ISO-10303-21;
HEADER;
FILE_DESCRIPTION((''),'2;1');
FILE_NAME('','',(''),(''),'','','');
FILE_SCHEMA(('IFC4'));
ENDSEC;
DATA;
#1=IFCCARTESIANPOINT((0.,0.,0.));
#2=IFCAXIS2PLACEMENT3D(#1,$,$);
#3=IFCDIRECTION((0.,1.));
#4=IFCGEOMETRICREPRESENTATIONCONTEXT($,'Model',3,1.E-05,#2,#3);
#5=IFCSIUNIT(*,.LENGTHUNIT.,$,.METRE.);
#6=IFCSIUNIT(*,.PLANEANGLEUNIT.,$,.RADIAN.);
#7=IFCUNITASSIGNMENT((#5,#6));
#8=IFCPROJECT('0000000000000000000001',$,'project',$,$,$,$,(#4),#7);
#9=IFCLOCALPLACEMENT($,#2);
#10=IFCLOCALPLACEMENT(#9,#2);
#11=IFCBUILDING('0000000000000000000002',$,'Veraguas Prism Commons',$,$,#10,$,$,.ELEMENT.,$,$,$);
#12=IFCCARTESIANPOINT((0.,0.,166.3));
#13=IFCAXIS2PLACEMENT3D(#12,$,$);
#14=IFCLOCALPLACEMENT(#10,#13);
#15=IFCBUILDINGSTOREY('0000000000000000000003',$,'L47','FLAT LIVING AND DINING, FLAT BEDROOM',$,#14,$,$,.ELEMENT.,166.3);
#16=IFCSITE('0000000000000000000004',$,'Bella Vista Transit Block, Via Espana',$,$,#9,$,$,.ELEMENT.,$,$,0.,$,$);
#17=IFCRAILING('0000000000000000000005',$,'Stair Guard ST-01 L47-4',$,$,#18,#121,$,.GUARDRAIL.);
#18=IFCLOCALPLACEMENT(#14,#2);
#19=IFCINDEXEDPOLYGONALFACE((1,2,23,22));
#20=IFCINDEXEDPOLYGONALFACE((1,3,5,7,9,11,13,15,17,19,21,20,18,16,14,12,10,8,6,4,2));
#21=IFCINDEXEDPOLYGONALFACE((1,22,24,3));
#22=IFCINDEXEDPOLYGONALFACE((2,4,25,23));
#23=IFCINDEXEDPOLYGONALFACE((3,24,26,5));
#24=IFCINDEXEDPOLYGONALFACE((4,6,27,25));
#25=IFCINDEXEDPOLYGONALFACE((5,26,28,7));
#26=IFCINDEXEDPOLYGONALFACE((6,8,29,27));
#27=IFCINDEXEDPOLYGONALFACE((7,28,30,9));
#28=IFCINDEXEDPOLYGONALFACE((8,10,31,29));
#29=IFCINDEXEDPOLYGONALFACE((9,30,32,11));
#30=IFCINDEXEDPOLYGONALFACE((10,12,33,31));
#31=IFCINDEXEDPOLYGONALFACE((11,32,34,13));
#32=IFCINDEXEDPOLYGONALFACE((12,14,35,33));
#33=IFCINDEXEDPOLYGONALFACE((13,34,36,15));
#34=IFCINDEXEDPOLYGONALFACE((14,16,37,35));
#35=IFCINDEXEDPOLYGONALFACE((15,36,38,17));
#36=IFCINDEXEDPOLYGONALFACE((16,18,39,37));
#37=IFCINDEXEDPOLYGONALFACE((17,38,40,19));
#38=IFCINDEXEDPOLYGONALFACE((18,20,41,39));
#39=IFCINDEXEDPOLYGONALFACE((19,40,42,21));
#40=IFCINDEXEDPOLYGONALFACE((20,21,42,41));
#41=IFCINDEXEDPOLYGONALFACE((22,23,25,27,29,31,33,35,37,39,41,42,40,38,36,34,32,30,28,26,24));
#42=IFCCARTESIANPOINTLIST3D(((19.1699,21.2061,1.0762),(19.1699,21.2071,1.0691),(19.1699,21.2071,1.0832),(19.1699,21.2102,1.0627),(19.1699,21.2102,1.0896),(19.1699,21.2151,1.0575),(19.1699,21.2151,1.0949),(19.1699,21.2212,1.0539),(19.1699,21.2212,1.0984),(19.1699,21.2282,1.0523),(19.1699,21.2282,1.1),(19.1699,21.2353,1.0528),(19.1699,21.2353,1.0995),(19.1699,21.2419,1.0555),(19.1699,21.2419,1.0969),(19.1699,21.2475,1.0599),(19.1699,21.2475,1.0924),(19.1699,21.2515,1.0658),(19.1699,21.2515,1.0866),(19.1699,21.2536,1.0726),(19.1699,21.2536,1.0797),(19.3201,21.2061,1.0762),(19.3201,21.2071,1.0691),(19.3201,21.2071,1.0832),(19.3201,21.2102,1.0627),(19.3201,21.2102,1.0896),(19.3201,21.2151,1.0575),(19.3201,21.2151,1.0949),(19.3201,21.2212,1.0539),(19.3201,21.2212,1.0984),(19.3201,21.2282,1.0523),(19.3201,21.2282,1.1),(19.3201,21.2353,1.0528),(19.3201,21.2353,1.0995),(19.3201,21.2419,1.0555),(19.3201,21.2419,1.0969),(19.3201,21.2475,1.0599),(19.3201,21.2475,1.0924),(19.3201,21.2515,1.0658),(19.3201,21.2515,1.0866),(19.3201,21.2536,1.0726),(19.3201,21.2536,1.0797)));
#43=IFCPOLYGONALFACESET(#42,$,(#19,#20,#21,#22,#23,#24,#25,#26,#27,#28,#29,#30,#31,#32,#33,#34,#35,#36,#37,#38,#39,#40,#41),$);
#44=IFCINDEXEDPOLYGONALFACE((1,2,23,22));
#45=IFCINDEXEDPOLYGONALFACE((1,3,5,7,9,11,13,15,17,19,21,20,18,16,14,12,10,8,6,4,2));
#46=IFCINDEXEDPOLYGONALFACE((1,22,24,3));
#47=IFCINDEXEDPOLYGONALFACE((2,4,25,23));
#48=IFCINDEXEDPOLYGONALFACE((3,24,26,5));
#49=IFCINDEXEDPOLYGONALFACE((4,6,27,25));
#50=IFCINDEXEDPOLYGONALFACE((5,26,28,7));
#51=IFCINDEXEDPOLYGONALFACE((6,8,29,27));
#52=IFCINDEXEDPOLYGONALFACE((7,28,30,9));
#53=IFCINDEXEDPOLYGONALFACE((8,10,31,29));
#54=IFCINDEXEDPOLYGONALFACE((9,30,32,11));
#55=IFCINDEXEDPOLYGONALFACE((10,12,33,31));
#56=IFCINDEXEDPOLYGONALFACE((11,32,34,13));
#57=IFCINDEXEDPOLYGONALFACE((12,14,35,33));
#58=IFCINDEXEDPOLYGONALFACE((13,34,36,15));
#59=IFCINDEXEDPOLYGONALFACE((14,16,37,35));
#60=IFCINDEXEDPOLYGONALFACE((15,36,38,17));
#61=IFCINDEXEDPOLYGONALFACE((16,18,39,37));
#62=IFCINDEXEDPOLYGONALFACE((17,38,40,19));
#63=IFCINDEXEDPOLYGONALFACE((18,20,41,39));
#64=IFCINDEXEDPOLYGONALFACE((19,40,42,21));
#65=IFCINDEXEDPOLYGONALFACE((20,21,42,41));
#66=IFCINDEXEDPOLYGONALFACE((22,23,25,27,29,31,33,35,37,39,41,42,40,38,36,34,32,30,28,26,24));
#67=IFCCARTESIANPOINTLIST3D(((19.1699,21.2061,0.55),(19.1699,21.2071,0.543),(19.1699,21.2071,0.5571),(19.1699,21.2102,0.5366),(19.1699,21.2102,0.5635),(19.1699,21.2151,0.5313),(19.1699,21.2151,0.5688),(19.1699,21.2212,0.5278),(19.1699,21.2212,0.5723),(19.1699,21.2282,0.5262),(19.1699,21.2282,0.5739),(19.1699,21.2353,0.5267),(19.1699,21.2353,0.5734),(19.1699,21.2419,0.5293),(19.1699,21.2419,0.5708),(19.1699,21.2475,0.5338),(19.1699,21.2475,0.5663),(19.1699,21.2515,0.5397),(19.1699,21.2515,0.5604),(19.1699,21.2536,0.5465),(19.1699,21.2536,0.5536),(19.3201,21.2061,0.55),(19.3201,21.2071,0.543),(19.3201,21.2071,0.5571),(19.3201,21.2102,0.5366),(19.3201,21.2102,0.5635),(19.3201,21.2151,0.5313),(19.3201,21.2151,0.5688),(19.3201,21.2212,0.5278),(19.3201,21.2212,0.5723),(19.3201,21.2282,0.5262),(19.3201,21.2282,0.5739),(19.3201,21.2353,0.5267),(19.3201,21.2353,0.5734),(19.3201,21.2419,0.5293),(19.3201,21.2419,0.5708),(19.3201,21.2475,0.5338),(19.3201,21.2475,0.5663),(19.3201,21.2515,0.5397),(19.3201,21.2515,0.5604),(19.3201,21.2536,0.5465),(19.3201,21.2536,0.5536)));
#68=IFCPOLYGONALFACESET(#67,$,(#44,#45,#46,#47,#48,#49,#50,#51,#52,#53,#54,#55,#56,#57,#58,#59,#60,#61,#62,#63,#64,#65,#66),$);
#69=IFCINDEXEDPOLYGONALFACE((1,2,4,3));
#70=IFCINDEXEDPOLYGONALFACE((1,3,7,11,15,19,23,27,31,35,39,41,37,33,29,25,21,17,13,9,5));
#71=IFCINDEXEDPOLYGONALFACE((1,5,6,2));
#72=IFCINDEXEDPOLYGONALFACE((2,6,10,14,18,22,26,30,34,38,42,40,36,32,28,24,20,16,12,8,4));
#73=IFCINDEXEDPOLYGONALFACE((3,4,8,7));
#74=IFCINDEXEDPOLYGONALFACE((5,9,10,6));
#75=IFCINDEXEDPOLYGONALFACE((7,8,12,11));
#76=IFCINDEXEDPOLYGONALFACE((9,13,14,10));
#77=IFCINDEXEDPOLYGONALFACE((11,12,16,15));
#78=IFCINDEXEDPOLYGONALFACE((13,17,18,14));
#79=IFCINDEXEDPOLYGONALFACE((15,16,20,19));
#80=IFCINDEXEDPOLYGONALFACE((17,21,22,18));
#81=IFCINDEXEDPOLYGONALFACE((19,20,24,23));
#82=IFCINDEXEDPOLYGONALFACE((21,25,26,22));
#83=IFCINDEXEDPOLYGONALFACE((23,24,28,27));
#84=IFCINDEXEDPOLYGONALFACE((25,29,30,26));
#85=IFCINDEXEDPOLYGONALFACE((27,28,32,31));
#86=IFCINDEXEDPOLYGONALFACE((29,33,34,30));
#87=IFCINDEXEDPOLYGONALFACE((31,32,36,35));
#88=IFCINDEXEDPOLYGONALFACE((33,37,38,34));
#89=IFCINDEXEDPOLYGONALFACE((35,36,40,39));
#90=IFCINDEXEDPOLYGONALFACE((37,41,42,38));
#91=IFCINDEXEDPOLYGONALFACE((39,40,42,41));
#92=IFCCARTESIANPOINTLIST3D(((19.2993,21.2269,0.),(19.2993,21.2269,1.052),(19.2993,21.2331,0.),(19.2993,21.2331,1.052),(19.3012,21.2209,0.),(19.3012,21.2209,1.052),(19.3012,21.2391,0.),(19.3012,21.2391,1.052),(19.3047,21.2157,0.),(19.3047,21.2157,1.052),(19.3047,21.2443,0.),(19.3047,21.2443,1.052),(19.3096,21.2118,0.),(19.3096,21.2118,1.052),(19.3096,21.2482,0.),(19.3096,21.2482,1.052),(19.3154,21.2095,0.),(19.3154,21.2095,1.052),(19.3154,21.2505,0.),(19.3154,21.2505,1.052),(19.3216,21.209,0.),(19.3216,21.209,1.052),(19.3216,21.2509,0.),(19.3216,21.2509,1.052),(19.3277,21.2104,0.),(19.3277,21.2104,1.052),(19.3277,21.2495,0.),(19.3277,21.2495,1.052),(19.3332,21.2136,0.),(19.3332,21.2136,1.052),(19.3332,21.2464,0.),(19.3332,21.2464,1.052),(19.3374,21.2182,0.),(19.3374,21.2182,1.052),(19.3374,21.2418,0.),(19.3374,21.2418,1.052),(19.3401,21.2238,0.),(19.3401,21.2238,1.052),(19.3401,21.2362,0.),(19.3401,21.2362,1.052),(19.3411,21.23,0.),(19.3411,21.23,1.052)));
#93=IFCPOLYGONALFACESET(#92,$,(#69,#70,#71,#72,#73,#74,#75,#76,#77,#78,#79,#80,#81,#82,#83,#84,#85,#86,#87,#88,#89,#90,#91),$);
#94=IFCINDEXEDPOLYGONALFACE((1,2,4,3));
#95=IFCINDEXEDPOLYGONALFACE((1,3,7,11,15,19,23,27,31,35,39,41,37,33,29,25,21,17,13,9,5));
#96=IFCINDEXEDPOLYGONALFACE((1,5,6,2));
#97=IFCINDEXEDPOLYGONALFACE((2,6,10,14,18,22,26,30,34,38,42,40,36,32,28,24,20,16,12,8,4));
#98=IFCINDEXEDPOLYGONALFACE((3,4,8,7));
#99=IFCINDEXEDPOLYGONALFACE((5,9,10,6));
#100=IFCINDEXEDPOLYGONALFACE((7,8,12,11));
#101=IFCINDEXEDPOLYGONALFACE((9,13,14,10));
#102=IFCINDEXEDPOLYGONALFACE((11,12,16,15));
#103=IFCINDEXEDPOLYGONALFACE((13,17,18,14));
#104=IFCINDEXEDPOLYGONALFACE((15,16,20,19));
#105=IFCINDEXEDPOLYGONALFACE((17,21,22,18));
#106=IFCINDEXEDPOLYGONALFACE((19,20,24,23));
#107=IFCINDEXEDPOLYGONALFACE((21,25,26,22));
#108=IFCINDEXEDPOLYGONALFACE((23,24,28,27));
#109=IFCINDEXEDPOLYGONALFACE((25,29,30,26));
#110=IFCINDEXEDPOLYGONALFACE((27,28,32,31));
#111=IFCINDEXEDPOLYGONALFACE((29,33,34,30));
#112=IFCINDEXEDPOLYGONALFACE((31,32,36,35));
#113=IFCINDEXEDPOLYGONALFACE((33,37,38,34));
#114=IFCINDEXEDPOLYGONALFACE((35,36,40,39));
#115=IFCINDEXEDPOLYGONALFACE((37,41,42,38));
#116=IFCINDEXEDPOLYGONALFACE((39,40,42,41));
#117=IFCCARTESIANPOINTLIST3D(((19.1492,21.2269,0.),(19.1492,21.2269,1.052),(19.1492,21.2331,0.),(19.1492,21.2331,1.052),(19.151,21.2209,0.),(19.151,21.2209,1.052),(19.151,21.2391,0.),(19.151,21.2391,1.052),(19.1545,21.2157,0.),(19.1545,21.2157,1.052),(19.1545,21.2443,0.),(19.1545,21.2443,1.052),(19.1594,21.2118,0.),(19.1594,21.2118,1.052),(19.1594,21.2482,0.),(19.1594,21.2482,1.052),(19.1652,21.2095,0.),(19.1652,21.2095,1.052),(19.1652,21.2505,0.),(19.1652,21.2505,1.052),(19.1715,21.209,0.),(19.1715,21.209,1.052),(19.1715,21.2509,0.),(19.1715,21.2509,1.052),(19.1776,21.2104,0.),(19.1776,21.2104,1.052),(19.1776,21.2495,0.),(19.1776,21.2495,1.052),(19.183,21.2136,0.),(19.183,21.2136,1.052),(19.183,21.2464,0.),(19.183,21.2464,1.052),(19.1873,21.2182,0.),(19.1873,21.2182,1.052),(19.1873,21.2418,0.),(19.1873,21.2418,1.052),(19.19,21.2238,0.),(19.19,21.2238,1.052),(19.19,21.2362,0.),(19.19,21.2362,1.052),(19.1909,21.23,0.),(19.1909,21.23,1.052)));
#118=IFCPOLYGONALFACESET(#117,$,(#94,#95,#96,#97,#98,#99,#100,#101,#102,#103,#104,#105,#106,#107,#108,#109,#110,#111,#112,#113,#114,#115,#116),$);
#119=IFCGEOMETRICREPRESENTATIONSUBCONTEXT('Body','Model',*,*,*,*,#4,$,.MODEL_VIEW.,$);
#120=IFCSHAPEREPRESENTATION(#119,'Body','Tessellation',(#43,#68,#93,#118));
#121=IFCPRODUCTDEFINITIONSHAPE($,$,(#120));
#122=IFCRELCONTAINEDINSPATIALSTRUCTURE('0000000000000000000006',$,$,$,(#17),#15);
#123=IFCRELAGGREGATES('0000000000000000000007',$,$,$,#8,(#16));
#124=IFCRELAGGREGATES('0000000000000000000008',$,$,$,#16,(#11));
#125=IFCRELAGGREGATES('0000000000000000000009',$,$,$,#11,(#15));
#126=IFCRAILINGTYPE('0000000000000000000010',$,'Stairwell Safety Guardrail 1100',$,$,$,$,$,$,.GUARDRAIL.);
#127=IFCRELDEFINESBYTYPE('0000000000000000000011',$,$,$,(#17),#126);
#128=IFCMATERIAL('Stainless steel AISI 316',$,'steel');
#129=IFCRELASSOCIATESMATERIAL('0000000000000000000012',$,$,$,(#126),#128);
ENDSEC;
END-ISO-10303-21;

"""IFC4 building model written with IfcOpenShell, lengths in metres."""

from ifc_helpers import new_model, si_unit, direction, frame, origin, origin_2d, place, context, subcontext, project, spatial, circle, extrude, material, type_object, element, save


model = new_model("IFC4")

# Units and contexts
model_context = context("Model", 3, precision=1e-05, world=origin(), true_north=direction((0.0, 1.0)))
body_context = subcontext(model_context, "Body", "Model", "MODEL_VIEW")
ifc_project = project(units=[si_unit("LENGTHUNIT", "METRE"), si_unit("PLANEANGLEUNIT", "RADIAN")], contexts=[model_context])

# Site, building, storey
site_placement = place(None, origin())
site = spatial("IfcSite", under=ifc_project, at=site_placement, Name="Bella Vista Transit Block, Via Espana", CompositionType="ELEMENT", RefElevation=0.0)
building_placement = place(site_placement, origin())
building = spatial("IfcBuilding", under=site, at=building_placement, Name="Veraguas Prism Commons", CompositionType="ELEMENT")
storey_placement = place(building_placement, frame((0.0, 0.0, 166.3)))
storey = spatial("IfcBuildingStorey", under=building, at=storey_placement, Name="L47", Description="FLAT LIVING AND DINING, FLAT BEDROOM", CompositionType="ELEMENT", Elevation=166.3)

# Railing
ifc_material_1 = material(Name="Stainless steel AISI 316", Category="steel")
railing_type_1 = type_object("IfcRailingType", Name="Stairwell Safety Guardrail 1100", PredefinedType="GUARDRAIL", material=ifc_material_1)
railing_1_placement = place(storey_placement, frame((19.3201, 21.23, 0.0)))
element("IfcRailing", 1, at=railing_1_placement, inside=storey, type_object=railing_type_1, Name="Stair Guard ST-01 L47-4", PredefinedType="GUARDRAIL", context=body_context, shape_type="SweptSolid", body=[
    extrude(circle(Radius=0.0239, at=origin_2d()), frame((0.0, 0.0, 1.0762), z_axis=(-1.0, 0.0, 0.0), x_axis=(0.0, -1.0, 0.0)), (0.0, 0.0, 1.0), 0.1501),
    extrude(circle(Radius=0.0239, at=origin_2d()), frame((0.0, 0.0, 0.55), z_axis=(-1.0, 0.0, 0.0), x_axis=(0.0, -1.0, 0.0)), (0.0, 0.0, 1.0), 0.1501),
    extrude(circle(Radius=0.021, at=origin_2d()), origin(), (0.0, 0.0, 1.0), 1.052),
    extrude(circle(Radius=0.021, at=origin_2d()), frame((-0.1501, 0.0, 0.0)), (0.0, 0.0, 1.0), 1.052),
])

save(model, "model.ifc")
